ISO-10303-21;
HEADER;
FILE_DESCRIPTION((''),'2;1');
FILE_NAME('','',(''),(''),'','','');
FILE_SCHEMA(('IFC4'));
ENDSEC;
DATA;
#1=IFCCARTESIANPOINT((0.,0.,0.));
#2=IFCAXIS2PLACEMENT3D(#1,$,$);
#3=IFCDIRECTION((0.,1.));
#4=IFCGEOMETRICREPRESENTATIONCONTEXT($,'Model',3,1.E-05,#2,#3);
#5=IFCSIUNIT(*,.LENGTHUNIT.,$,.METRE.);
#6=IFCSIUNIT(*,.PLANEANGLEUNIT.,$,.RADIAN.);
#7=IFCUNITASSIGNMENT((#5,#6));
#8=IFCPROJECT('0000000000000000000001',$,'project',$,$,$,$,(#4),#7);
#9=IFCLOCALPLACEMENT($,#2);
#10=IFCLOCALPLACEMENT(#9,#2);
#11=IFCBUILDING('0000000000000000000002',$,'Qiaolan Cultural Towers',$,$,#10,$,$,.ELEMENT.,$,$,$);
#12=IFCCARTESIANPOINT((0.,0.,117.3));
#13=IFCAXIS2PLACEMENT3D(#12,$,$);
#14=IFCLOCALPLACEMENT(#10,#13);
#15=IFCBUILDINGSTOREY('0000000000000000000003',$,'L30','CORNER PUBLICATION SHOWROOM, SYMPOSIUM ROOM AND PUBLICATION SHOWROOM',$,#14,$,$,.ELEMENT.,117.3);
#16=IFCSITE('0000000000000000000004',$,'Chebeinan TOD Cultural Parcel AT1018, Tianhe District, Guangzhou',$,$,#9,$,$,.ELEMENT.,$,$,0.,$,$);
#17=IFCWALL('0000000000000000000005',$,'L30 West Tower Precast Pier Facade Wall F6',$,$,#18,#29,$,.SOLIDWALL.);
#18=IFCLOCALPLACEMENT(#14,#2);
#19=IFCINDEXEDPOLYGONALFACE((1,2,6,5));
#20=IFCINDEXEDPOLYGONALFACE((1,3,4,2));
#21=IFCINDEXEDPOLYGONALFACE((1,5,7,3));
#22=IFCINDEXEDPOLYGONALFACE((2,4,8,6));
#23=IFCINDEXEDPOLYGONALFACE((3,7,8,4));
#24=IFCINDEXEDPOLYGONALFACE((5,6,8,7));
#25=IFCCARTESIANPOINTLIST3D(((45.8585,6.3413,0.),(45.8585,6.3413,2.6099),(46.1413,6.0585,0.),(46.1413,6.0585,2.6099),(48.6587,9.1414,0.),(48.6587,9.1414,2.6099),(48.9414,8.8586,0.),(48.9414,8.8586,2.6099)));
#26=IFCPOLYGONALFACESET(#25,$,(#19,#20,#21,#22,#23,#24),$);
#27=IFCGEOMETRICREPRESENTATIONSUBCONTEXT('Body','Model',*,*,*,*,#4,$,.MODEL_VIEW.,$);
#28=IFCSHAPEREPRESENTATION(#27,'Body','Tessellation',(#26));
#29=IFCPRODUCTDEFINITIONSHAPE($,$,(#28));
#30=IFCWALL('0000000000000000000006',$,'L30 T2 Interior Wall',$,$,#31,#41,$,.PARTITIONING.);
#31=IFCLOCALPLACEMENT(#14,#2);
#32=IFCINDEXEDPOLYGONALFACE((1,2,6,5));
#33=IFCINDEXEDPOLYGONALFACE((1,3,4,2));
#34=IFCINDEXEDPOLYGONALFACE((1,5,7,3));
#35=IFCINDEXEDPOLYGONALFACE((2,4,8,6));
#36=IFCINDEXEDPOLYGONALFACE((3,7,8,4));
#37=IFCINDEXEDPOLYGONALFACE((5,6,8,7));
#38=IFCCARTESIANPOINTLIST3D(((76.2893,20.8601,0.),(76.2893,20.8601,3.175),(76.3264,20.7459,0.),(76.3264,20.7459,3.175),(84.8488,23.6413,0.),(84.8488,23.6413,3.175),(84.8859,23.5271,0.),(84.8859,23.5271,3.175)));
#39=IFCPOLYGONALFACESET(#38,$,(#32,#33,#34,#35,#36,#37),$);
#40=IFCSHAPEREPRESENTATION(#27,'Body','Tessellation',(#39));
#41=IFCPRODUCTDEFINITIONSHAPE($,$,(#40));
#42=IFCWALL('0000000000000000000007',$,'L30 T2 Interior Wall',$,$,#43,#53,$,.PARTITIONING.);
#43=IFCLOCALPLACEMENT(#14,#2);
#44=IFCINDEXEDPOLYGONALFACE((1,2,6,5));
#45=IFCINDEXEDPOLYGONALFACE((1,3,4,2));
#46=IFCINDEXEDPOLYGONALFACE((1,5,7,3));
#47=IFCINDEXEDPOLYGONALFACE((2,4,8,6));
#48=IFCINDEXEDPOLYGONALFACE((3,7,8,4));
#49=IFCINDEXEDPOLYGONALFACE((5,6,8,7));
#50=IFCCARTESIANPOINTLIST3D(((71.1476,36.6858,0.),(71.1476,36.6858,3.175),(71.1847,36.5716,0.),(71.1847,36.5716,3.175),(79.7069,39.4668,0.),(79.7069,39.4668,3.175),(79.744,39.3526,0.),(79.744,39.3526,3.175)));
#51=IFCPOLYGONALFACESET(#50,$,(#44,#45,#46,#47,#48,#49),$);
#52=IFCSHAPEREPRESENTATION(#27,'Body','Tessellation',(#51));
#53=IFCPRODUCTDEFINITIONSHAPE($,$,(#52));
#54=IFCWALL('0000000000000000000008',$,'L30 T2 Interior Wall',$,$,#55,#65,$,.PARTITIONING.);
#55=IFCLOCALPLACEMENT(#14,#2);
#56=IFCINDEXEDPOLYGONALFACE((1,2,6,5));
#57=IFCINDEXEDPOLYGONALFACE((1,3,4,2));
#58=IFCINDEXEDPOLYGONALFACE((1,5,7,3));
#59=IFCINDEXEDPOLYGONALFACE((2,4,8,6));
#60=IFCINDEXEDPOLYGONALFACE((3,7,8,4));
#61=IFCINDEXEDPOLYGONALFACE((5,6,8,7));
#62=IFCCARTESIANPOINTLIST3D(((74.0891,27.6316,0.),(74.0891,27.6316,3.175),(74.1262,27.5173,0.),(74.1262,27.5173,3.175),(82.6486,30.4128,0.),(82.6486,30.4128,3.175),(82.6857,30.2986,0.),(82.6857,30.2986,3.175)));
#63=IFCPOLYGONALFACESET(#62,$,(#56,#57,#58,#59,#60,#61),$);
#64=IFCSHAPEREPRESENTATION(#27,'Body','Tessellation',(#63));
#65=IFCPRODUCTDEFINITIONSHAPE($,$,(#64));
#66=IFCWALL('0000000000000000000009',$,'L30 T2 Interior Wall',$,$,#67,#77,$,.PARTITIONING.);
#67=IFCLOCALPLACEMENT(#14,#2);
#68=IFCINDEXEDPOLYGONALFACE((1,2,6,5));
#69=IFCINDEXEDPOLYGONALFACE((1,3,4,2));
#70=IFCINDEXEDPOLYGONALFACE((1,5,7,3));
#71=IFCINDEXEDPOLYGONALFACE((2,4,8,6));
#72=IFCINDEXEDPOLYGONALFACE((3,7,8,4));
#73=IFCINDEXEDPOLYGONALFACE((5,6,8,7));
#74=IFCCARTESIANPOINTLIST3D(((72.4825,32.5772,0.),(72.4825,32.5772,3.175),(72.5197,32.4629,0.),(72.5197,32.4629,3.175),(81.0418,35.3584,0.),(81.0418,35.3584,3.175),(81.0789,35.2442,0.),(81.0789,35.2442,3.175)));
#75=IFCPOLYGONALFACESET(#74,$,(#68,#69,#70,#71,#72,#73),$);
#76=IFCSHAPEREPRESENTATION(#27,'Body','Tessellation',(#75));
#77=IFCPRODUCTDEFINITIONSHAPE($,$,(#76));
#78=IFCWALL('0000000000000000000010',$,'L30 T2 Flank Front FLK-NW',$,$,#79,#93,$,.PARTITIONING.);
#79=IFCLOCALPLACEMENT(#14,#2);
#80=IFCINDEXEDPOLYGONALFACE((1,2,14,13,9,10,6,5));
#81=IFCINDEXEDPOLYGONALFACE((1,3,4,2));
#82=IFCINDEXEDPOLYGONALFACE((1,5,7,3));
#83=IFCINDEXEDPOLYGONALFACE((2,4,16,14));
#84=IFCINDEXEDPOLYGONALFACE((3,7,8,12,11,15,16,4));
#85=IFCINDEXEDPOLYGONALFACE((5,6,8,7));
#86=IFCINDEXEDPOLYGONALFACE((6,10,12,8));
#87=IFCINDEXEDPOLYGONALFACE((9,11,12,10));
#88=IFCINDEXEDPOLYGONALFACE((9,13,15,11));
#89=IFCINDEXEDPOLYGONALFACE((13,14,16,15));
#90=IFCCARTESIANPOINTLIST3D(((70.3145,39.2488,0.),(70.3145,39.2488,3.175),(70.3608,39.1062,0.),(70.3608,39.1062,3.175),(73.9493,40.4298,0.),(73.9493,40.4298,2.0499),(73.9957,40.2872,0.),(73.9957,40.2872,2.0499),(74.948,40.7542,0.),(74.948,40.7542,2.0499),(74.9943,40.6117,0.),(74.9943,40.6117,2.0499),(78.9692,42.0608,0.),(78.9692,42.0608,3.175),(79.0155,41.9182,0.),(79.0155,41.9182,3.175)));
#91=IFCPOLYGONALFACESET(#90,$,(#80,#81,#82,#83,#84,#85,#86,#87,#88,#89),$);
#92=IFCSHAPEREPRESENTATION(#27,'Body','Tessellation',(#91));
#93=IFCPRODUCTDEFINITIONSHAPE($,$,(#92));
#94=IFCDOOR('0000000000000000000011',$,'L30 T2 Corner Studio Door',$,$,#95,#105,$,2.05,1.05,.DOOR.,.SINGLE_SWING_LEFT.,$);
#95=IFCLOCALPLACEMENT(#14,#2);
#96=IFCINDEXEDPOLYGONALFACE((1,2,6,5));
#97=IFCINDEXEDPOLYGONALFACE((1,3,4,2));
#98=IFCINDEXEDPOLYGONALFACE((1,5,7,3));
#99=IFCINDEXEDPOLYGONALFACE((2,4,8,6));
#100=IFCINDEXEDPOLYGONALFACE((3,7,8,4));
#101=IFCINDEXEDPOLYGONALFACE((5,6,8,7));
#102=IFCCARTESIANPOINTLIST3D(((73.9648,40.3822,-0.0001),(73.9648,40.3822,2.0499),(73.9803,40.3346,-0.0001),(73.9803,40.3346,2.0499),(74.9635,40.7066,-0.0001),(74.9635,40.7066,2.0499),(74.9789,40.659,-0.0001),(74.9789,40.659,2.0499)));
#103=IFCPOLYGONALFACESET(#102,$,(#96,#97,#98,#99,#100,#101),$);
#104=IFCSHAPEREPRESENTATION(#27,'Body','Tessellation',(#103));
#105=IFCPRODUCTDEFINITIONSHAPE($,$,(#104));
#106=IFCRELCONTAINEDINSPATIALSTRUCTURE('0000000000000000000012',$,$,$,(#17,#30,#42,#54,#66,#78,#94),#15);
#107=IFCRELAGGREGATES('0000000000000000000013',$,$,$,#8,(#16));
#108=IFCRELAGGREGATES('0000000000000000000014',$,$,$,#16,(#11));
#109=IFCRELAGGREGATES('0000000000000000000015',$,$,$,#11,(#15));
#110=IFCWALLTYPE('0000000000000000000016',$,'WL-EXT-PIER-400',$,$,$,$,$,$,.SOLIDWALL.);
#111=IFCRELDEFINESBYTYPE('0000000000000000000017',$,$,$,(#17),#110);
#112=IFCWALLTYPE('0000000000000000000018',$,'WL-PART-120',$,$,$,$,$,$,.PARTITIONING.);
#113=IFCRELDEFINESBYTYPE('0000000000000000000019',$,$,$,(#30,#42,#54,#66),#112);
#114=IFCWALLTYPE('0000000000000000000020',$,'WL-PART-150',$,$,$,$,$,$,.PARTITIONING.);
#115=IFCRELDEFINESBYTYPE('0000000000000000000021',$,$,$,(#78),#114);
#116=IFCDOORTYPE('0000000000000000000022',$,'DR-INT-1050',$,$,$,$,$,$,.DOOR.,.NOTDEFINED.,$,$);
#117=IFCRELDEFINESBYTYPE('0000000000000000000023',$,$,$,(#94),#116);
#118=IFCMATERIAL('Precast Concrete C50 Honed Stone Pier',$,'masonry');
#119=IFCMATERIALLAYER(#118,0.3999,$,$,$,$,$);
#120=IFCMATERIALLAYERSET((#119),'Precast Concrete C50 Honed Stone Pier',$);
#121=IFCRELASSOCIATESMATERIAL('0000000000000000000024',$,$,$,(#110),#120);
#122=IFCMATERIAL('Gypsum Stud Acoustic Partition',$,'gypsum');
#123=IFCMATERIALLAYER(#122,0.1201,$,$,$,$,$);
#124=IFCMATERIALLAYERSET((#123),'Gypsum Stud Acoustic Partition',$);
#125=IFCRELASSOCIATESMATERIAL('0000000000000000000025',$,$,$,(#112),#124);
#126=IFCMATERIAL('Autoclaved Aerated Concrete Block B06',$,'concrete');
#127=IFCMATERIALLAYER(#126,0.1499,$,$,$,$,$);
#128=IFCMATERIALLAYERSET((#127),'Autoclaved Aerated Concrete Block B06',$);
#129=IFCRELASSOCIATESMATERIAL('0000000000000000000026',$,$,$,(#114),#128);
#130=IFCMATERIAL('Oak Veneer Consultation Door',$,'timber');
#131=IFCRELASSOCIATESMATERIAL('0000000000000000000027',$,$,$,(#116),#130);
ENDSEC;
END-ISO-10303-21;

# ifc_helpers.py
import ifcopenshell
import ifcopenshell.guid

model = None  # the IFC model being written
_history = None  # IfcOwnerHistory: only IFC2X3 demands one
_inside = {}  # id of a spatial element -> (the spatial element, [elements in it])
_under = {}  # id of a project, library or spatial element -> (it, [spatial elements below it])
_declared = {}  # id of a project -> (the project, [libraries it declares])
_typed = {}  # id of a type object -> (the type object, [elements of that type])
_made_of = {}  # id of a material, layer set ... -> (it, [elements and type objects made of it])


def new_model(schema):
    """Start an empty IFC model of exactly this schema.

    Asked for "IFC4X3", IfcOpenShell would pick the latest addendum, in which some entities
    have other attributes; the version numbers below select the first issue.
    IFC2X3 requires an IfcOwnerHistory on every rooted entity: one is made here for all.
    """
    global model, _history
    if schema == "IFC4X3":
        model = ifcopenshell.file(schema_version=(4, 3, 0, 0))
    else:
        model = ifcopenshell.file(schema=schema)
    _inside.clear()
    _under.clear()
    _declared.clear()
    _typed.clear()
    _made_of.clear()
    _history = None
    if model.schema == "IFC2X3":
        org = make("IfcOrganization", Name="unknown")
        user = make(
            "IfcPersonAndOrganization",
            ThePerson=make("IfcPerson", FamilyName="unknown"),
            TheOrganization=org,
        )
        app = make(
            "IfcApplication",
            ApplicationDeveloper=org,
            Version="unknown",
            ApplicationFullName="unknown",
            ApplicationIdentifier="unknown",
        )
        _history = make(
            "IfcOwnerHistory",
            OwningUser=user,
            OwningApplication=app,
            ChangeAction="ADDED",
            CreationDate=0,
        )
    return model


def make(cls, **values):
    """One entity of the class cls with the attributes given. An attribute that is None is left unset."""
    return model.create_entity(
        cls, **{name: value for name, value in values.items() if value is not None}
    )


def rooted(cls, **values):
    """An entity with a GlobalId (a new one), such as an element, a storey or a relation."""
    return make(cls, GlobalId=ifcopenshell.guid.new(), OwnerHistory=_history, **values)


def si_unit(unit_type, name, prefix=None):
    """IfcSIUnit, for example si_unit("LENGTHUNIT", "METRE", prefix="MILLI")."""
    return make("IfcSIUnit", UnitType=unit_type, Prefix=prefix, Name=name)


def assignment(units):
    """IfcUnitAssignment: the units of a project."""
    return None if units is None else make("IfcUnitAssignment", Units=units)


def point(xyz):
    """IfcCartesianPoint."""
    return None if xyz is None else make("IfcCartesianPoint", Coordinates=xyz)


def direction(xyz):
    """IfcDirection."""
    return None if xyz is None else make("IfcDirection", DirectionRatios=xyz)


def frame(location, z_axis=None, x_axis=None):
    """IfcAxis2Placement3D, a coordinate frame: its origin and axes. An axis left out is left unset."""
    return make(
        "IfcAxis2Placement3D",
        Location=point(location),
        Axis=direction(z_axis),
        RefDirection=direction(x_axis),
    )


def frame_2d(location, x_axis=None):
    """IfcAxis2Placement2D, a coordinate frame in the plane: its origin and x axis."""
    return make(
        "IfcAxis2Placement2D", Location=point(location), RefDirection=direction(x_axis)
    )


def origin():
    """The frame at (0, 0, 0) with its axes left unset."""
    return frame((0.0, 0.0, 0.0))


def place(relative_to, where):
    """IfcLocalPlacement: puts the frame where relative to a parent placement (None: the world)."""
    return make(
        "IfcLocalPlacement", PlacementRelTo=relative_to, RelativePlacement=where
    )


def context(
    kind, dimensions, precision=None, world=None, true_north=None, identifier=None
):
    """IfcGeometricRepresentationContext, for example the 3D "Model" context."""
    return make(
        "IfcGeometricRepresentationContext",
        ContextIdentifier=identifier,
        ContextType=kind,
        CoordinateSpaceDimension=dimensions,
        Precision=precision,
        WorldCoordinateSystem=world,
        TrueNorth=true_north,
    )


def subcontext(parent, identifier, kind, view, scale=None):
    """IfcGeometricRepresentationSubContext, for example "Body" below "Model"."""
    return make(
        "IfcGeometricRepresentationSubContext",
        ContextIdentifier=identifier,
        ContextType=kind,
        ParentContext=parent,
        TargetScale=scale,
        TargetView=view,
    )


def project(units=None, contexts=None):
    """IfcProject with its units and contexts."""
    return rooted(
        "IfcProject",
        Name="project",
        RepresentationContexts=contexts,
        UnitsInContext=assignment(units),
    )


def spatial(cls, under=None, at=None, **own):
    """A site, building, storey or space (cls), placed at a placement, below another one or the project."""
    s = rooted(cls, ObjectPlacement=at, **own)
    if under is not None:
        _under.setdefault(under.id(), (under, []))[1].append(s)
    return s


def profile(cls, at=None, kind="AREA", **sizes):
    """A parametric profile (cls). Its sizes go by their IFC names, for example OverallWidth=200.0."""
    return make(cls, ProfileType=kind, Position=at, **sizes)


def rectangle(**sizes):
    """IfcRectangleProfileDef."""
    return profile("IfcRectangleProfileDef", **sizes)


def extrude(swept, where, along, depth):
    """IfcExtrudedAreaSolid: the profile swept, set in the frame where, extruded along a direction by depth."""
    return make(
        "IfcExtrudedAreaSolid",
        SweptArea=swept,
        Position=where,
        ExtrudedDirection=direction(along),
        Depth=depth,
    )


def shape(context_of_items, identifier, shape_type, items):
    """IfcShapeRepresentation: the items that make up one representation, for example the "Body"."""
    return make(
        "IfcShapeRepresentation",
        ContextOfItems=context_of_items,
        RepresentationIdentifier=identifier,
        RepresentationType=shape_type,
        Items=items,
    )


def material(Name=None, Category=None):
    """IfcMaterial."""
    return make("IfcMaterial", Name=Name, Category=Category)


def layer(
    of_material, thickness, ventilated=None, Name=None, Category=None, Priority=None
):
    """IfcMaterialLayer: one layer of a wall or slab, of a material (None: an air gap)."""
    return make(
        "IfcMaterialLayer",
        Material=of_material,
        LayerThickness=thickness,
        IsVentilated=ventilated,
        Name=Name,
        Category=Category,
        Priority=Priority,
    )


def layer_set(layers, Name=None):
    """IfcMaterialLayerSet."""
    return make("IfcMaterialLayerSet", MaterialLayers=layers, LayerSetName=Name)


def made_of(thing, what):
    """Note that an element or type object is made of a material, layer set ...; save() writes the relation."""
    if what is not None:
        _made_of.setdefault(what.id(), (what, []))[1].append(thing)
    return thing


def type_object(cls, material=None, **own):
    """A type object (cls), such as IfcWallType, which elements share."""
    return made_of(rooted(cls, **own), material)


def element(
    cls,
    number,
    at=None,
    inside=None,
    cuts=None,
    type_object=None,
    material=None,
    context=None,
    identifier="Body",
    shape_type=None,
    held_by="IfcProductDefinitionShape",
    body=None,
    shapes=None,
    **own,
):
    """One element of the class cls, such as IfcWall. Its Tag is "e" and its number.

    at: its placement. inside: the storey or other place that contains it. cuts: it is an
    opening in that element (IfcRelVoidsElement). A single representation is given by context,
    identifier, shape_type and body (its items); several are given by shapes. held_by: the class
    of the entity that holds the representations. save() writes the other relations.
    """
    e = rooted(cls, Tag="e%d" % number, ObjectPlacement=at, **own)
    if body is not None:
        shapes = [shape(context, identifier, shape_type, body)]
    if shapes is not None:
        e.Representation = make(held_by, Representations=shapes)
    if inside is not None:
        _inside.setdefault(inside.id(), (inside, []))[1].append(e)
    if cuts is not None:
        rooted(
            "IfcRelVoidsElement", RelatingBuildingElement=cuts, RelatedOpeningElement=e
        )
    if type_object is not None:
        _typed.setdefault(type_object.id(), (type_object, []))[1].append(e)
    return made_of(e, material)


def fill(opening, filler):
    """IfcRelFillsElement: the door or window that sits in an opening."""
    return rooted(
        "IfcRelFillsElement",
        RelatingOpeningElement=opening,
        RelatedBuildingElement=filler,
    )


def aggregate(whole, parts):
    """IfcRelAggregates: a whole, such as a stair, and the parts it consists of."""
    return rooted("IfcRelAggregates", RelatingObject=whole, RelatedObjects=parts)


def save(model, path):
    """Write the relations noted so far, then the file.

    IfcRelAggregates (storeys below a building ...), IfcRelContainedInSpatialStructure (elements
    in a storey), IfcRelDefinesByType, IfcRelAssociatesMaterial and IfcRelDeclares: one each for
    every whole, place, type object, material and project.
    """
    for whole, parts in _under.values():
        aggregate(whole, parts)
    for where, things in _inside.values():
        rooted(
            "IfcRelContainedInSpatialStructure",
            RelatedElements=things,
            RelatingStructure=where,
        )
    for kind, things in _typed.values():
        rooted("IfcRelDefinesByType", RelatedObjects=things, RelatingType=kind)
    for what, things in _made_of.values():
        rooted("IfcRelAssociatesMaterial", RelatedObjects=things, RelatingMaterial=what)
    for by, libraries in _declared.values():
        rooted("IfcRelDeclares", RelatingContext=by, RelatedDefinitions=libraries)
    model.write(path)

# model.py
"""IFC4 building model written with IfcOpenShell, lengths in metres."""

from ifc_helpers import new_model, si_unit, direction, frame, frame_2d, origin, place, context, subcontext, project, spatial, rectangle, extrude, material, layer, layer_set, type_object, element, fill, save


model = new_model("IFC4")

# Units and contexts
model_context = context("Model", 3, precision=1e-05, world=origin(), true_north=direction((0.0, 1.0)))
body_context = subcontext(model_context, "Body", "Model", "MODEL_VIEW")
ifc_project = project(units=[si_unit("LENGTHUNIT", "METRE"), si_unit("PLANEANGLEUNIT", "RADIAN")], contexts=[model_context])

# Site, building, storey
site_placement = place(None, origin())
site = spatial("IfcSite", under=ifc_project, at=site_placement, Name="Chebeinan TOD Cultural Parcel AT1018, Tianhe District, Guangzhou", CompositionType="ELEMENT", RefElevation=0.0)
building_placement = place(site_placement, origin())
building = spatial("IfcBuilding", under=site, at=building_placement, Name="Qiaolan Cultural Towers", CompositionType="ELEMENT")
storey_placement = place(building_placement, frame((0.0, 0.0, 117.3)))
storey = spatial("IfcBuildingStorey", under=building, at=storey_placement, Name="L30", Description="CORNER PUBLICATION SHOWROOM, SYMPOSIUM ROOM AND PUBLICATION SHOWROOM", CompositionType="ELEMENT", Elevation=117.3)

# Walls
ifc_material_1 = material(Name="Precast Concrete C50 Honed Stone Pier", Category="masonry")
ifc_layer_1 = layer(ifc_material_1, 0.3999)
ifc_layer_set_1 = layer_set([ifc_layer_1], Name="Precast Concrete C50 Honed Stone Pier")
wall_type_1 = type_object("IfcWallType", Name="WL-EXT-PIER-400", PredefinedType="SOLIDWALL", material=ifc_layer_set_1)
wall_1_placement = place(storey_placement, frame((48.8, 9.0, 0.0), z_axis=(0.0, 0.0, 1.0), x_axis=(-0.707107, -0.707107, 0.0)))
element("IfcWall", 1, at=wall_1_placement, inside=storey, type_object=wall_type_1, Name="L30 West Tower Precast Pier Facade Wall F6", PredefinedType="SOLIDWALL", context=body_context, shape_type="SweptSolid", body=[
    extrude(rectangle(XDim=3.96, YDim=0.3999, at=frame_2d((1.98, 0.0))), origin(), (0.0, 0.0, 1.0), 2.6099),
])
ifc_material_2 = material(Name="Gypsum Stud Acoustic Partition", Category="gypsum")
ifc_layer_2 = layer(ifc_material_2, 0.1201)
ifc_layer_set_2 = layer_set([ifc_layer_2], Name="Gypsum Stud Acoustic Partition")
wall_type_2 = type_object("IfcWallType", Name="WL-PART-120", PredefinedType="PARTITIONING", material=ifc_layer_set_2)
wall_2_placement = place(storey_placement, frame((76.3079, 20.803, 0.0), z_axis=(0.0, 0.0, 1.0), x_axis=(0.951054, 0.309025, 0.0)))
element("IfcWall", 2, at=wall_2_placement, inside=storey, type_object=wall_type_2, Name="L30 T2 Interior Wall", PredefinedType="PARTITIONING", context=body_context, shape_type="SweptSolid", body=[
    extrude(rectangle(XDim=9.0, YDim=0.1201, at=frame_2d((4.5, 0.0))), origin(), (0.0, 0.0, 1.0), 3.175),
])
wall_3_placement = place(storey_placement, frame((71.166, 36.6287, 0.0), z_axis=(0.0, 0.0, 1.0), x_axis=(0.951059, 0.309008, 0.0)))
element("IfcWall", 3, at=wall_3_placement, inside=storey, type_object=wall_type_2, Name="L30 T2 Interior Wall", PredefinedType="PARTITIONING", context=body_context, shape_type="SweptSolid", body=[
    extrude(rectangle(XDim=8.9998, YDim=0.1201, at=frame_2d((4.5, 0.0))), origin(), (0.0, 0.0, 1.0), 3.175),
])
wall_4_placement = place(storey_placement, frame((74.1077, 27.5745, 0.0), z_axis=(0.0, 0.0, 1.0), x_axis=(0.951054, 0.309025, 0.0)))
element("IfcWall", 4, at=wall_4_placement, inside=storey, type_object=wall_type_2, Name="L30 T2 Interior Wall", PredefinedType="PARTITIONING", context=body_context, shape_type="SweptSolid", body=[
    extrude(rectangle(XDim=9.0, YDim=0.1201, at=frame_2d((4.5, 0.0))), origin(), (0.0, 0.0, 1.0), 3.175),
])
wall_5_placement = place(storey_placement, frame((72.501, 32.52, 0.0), z_axis=(0.0, 0.0, 1.0), x_axis=(0.951051, 0.309033, 0.0)))
element("IfcWall", 5, at=wall_5_placement, inside=storey, type_object=wall_type_2, Name="L30 T2 Interior Wall", PredefinedType="PARTITIONING", context=body_context, shape_type="SweptSolid", body=[
    extrude(rectangle(XDim=8.9998, YDim=0.1201, at=frame_2d((4.5, 0.0))), origin(), (0.0, 0.0, 1.0), 3.175),
])

# Wall, opening, door
ifc_material_3 = material(Name="Autoclaved Aerated Concrete Block B06", Category="concrete")
ifc_layer_3 = layer(ifc_material_3, 0.1499)
ifc_layer_set_3 = layer_set([ifc_layer_3], Name="Autoclaved Aerated Concrete Block B06")
wall_type_3 = type_object("IfcWallType", Name="WL-PART-150", PredefinedType="PARTITIONING", material=ifc_layer_set_3)
wall_6_placement = place(storey_placement, frame((70.3376, 39.1775, 0.0), z_axis=(0.0, 0.0, 1.0), x_axis=(0.95106, 0.309007, 0.0)))
wall_6 = element("IfcWall", 6, at=wall_6_placement, inside=storey, type_object=wall_type_3, Name="L30 T2 Flank Front FLK-NW", PredefinedType="PARTITIONING", context=body_context, shape_type="SweptSolid", body=[
    extrude(rectangle(XDim=9.1001, YDim=0.1499, at=frame_2d((4.55, 0.0))), origin(), (0.0, 0.0, 1.0), 3.175),
])
opening_placement = place(wall_6_placement, frame((3.822, 0.0, 0.0)))
opening = element("IfcOpeningElement", 7, at=opening_placement, cuts=wall_6, PredefinedType="OPENING", context=body_context, shape_type="SweptSolid", body=[
    extrude(rectangle(XDim=1.05, YDim=2.05, at=frame_2d((0.5249, 1.0249))), frame((0.0, 0.085, 0.0), z_axis=(0.0, -1.0, 0.0), x_axis=(1.0, 0.0, 0.0)), (0.0, 0.0, 1.0), 0.1699),
])
ifc_material_4 = material(Name="Oak Veneer Consultation Door", Category="timber")
door_type = type_object("IfcDoorType", Name="DR-INT-1050", OperationType="NOTDEFINED", PredefinedType="DOOR", material=ifc_material_4)
door_placement = place(opening_placement, origin())
door = element("IfcDoor", 8, at=door_placement, inside=storey, type_object=door_type, Name="L30 T2 Corner Studio Door", OperationType="SINGLE_SWING_LEFT", OverallHeight=2.05, OverallWidth=1.05, PredefinedType="DOOR", context=body_context, shape_type="SweptSolid", body=[
    extrude(rectangle(XDim=1.05, YDim=2.05, at=frame_2d((0.5249, 1.0249))), frame((0.0, 0.0249, 0.0), z_axis=(0.0, -1.0, 0.0), x_axis=(1.0, 0.0, 0.0)), (0.0, 0.0, 1.0), 0.05),
])
fill(opening, door)

save(model, "model.ifc")
